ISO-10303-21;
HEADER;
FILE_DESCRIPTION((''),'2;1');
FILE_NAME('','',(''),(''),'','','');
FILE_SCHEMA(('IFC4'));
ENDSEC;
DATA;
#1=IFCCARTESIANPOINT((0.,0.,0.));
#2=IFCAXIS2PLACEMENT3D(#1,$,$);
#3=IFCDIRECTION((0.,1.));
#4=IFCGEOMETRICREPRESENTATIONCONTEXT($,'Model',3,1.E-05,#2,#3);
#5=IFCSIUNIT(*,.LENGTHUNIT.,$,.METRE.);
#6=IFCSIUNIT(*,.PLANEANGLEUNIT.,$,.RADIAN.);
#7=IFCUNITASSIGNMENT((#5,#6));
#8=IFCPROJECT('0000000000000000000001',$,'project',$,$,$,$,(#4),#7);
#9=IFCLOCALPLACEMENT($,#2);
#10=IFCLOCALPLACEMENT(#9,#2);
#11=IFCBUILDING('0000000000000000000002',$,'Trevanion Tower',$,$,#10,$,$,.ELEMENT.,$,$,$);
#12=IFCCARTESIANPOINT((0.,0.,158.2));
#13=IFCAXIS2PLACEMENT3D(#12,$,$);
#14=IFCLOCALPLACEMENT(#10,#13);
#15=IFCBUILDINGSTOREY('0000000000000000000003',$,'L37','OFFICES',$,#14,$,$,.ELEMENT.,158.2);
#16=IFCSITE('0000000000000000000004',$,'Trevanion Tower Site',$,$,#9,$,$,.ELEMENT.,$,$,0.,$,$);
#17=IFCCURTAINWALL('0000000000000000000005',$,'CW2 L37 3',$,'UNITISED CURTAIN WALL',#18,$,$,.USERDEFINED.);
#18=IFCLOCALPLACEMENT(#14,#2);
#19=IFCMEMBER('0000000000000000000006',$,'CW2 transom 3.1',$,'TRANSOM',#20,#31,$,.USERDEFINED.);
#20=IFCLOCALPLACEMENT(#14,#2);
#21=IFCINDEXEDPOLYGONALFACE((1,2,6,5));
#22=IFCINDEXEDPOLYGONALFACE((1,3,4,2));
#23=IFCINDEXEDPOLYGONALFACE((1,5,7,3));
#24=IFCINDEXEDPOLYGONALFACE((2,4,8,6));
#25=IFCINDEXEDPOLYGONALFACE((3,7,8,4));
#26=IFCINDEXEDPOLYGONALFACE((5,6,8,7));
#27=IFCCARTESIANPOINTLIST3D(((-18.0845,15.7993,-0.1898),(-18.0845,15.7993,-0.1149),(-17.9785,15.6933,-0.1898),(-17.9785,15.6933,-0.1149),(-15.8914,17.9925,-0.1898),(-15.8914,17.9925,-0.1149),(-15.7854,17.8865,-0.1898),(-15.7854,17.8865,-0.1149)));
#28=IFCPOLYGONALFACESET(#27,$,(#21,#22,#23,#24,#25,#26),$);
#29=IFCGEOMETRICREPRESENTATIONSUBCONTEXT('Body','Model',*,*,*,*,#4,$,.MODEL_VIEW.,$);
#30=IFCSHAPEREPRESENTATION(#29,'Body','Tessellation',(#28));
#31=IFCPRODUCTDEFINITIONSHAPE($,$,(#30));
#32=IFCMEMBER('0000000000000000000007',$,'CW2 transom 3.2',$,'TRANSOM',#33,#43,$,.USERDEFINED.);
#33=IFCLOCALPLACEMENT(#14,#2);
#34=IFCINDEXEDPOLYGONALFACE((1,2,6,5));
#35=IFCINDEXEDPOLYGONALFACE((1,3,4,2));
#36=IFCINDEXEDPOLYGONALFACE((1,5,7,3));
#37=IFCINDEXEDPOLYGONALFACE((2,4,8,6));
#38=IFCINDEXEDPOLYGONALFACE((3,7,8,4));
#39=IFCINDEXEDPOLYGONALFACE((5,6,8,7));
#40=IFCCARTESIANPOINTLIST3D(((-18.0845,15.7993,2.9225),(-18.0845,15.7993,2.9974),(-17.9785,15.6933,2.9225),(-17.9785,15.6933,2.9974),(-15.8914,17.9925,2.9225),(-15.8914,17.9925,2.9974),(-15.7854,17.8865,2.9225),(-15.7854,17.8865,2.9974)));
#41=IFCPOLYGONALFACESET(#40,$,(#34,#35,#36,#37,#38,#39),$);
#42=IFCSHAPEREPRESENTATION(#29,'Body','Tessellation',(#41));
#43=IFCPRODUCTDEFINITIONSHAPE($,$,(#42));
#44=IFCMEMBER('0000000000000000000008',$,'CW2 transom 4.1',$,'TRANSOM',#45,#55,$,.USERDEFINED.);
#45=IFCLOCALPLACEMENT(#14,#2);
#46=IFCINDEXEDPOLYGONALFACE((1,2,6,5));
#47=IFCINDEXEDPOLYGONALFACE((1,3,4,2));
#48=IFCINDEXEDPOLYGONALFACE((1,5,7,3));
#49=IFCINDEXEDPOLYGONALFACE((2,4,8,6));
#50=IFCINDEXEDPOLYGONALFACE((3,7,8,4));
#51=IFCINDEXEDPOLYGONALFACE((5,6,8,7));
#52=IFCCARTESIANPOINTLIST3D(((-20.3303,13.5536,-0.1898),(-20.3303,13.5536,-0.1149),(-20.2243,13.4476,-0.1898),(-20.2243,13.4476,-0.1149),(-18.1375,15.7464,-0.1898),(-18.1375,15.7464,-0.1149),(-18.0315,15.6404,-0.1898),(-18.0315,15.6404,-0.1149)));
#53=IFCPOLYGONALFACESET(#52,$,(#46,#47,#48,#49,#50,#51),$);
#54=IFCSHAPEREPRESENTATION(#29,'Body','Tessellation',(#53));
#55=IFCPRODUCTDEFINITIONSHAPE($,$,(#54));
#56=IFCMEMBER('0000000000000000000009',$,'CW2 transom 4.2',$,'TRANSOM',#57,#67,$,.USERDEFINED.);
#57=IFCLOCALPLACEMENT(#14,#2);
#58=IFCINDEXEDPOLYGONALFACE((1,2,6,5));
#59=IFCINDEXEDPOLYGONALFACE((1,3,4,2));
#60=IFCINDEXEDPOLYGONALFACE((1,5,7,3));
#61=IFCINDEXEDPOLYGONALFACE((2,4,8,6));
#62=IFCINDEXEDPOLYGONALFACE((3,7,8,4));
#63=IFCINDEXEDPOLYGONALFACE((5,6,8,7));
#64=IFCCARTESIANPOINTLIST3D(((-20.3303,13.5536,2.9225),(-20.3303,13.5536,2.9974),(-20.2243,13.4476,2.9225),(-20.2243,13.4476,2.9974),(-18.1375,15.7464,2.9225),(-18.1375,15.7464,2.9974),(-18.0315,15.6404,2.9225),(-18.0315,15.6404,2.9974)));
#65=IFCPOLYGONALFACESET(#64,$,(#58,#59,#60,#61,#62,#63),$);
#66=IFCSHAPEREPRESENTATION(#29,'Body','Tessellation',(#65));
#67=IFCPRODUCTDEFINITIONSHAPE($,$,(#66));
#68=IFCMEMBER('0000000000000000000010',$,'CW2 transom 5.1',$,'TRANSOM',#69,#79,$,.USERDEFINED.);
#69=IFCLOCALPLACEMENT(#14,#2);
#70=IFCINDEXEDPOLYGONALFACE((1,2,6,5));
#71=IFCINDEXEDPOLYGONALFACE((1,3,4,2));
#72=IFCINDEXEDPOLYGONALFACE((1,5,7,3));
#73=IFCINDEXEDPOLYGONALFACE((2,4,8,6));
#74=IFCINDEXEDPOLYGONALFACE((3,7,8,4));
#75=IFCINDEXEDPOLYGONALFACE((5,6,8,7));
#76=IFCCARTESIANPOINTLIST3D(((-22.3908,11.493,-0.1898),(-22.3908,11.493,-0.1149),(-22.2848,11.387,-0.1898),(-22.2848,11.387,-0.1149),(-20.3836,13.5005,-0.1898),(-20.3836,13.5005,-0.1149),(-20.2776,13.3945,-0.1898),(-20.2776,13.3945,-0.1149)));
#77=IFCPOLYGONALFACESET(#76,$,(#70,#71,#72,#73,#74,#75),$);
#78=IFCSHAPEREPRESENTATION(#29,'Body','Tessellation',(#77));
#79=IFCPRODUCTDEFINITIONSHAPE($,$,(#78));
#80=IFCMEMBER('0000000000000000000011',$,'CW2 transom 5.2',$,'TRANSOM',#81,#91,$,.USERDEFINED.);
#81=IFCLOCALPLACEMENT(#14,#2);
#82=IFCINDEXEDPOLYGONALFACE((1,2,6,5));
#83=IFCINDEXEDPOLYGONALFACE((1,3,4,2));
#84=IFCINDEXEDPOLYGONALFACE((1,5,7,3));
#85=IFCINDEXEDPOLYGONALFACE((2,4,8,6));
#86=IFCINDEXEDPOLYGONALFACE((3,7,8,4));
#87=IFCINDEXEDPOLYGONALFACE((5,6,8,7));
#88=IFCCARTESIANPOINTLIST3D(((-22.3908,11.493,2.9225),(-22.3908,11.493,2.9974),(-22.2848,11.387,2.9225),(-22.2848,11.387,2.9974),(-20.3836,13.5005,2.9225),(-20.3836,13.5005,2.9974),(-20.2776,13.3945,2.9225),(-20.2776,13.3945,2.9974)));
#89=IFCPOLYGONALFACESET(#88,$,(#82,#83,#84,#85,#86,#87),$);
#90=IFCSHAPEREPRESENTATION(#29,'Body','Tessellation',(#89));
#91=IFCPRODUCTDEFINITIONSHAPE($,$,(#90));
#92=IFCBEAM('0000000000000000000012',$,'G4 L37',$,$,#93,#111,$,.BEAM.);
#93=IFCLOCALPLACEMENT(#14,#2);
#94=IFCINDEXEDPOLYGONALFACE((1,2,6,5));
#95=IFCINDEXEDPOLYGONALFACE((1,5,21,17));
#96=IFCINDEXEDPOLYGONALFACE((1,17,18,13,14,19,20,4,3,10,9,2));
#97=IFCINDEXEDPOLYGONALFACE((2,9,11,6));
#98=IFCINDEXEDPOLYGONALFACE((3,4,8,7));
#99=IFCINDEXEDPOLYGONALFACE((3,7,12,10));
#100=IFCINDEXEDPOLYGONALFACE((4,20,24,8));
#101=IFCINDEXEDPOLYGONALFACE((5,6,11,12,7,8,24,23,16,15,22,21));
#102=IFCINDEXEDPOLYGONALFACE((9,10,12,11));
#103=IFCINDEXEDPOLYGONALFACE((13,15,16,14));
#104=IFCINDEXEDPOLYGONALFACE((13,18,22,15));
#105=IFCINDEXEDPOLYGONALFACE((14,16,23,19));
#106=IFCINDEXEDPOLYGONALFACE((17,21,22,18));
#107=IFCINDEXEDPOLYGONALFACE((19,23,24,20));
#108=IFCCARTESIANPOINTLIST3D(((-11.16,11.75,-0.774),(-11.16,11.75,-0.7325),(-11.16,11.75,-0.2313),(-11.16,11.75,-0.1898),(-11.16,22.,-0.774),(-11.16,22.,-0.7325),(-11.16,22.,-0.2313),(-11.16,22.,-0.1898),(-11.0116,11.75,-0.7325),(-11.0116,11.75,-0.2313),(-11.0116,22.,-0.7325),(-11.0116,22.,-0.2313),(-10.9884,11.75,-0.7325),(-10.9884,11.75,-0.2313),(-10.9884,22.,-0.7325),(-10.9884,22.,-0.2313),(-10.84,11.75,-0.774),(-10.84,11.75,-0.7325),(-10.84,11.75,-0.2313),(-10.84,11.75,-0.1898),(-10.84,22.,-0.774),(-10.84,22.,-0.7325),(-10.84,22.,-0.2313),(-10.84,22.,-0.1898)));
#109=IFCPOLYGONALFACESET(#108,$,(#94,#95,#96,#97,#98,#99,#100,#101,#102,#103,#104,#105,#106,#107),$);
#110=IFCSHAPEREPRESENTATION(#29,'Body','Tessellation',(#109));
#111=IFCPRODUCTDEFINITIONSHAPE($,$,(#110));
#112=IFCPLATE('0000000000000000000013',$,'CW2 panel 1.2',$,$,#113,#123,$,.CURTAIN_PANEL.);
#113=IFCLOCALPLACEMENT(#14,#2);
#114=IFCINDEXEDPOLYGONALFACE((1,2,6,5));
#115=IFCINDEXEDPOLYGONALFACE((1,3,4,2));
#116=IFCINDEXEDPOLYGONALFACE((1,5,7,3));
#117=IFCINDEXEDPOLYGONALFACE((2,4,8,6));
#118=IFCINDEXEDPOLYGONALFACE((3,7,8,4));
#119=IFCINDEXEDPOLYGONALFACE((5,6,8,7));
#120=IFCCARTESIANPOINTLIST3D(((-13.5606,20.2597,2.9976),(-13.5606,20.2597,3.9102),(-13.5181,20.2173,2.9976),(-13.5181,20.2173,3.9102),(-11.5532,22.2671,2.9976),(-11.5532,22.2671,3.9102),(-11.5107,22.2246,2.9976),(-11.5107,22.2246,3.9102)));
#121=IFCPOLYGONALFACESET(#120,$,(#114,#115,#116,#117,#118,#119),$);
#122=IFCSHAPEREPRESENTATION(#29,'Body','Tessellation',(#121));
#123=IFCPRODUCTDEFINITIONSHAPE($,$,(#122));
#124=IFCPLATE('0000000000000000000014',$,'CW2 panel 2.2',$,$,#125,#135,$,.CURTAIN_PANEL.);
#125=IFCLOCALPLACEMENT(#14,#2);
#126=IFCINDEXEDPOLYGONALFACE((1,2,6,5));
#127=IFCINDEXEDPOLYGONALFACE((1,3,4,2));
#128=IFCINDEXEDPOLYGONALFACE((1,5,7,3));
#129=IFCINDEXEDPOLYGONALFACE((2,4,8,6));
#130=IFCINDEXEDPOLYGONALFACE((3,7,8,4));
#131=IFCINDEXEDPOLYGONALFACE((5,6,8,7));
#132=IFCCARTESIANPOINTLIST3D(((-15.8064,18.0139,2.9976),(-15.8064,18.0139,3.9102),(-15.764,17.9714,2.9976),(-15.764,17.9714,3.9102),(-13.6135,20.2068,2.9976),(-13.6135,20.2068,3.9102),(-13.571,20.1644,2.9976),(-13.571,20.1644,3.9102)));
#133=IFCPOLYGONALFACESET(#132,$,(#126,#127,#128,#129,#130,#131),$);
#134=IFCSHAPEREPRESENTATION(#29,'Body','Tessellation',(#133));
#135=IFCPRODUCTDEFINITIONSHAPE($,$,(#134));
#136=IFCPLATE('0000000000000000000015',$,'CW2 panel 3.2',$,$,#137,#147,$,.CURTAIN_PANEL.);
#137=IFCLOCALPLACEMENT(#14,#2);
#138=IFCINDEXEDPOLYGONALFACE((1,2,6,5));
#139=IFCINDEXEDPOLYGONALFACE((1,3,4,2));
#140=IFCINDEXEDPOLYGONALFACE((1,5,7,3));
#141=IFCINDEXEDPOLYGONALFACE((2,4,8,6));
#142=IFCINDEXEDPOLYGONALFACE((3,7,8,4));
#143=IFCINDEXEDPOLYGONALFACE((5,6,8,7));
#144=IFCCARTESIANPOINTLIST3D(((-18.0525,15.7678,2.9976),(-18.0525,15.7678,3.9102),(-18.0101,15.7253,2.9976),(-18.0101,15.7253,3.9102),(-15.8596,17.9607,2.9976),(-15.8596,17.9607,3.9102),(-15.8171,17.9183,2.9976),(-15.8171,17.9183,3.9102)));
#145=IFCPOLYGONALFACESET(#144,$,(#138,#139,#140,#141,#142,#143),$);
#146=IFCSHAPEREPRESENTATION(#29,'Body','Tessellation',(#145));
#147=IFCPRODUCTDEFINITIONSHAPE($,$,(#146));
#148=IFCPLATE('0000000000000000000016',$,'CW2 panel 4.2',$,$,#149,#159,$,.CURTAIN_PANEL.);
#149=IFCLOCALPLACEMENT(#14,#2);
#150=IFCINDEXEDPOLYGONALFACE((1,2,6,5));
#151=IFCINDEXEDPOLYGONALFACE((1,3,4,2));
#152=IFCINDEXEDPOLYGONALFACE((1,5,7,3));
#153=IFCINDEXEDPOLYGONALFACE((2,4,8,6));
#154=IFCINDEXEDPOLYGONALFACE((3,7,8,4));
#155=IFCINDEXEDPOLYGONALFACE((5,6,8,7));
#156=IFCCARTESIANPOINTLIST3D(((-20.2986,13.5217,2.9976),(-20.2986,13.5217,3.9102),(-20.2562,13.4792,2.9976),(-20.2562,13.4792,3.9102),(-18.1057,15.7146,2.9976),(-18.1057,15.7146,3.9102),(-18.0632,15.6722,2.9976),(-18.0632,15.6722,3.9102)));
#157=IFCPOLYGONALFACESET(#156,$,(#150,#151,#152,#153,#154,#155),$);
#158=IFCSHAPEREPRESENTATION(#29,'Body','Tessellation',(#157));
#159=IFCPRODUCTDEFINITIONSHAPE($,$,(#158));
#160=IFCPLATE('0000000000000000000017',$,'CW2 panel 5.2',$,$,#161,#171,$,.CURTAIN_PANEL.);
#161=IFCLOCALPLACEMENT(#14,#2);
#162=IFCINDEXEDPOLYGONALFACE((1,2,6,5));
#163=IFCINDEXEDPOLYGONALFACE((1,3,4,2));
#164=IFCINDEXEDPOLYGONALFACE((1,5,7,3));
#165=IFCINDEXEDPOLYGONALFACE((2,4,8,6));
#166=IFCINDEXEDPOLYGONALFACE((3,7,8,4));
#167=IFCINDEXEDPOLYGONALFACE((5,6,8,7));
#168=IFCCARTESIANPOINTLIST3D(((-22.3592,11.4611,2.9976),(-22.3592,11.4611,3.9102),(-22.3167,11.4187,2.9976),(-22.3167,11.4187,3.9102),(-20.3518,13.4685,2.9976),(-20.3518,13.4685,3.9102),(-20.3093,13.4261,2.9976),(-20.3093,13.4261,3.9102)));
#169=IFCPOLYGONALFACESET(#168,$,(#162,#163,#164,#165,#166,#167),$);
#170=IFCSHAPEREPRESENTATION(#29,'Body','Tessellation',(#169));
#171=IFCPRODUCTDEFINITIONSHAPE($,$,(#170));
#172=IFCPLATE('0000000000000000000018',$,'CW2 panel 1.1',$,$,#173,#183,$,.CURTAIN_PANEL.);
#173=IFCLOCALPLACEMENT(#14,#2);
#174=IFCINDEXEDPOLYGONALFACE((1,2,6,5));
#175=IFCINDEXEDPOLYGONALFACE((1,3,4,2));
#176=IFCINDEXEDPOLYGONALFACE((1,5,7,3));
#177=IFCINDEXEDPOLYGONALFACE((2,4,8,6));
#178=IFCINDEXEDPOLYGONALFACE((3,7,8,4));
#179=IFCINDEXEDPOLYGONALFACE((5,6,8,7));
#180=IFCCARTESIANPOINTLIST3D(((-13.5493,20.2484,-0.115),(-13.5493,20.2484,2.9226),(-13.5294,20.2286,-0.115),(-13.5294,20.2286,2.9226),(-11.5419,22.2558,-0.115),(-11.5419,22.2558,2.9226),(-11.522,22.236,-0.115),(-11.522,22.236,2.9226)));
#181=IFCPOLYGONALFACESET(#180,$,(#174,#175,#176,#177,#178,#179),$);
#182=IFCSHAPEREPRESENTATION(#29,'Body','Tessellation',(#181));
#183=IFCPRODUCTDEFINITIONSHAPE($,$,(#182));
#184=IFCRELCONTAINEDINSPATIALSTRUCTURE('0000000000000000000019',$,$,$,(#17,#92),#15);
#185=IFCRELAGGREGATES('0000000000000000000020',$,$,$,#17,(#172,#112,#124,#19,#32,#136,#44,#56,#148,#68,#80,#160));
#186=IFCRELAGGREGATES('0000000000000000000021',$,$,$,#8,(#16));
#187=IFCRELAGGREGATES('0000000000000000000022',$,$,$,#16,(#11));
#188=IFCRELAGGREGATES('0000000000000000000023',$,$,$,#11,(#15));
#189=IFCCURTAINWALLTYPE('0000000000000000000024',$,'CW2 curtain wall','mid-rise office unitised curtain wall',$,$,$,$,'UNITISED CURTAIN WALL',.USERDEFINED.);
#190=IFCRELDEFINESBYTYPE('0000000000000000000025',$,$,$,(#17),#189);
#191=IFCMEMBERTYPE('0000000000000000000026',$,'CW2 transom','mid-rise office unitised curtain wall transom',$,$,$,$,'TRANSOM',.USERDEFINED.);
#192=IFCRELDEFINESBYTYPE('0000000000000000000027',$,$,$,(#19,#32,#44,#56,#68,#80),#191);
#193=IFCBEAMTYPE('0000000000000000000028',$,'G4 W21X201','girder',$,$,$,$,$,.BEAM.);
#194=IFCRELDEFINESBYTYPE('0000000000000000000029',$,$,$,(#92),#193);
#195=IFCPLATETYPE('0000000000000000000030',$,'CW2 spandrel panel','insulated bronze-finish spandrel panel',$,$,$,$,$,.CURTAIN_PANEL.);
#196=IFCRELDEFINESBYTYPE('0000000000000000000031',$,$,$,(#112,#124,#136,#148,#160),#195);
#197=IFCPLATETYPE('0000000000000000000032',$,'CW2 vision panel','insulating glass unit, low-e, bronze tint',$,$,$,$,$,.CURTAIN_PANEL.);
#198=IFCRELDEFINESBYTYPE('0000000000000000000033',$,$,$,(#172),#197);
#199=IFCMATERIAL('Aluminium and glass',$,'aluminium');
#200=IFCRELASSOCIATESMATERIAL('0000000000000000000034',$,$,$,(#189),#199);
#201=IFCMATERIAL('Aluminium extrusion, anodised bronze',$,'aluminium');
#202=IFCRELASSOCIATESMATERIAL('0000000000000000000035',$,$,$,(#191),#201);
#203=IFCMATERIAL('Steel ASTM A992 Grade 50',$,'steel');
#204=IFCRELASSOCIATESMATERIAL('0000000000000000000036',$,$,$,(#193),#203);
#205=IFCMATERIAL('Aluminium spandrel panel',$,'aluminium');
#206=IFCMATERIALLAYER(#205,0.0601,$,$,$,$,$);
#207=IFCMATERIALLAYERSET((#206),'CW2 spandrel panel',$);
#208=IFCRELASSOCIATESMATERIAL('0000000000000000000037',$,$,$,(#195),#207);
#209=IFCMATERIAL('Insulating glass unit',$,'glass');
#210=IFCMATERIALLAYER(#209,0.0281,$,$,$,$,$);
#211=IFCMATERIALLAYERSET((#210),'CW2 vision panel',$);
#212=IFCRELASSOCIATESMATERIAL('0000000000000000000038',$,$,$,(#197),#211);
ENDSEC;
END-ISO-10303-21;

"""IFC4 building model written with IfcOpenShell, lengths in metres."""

from ifc_helpers import new_model, si_unit, direction, frame, origin, origin_2d, place, context, subcontext, project, spatial, rectangle, i_section, extrude, material, layer, layer_set, material_profile, profile_set, type_object, element, aggregate, save


model = new_model("IFC4")

# Units and contexts
model_context = context("Model", 3, precision=1e-05, world=origin(), true_north=direction((0.0, 1.0)))
body_context = subcontext(model_context, "Body", "Model", "MODEL_VIEW")
ifc_project = project(units=[si_unit("LENGTHUNIT", "METRE"), si_unit("PLANEANGLEUNIT", "RADIAN")], contexts=[model_context])

# Site, building, storey
site_placement = place(None, origin())
site = spatial("IfcSite", under=ifc_project, at=site_placement, Name="Trevanion Tower Site", CompositionType="ELEMENT", RefElevation=0.0)
building_placement = place(site_placement, origin())
building = spatial("IfcBuilding", under=site, at=building_placement, Name="Trevanion Tower", CompositionType="ELEMENT")
storey_placement = place(building_placement, frame((0.0, 0.0, 158.2)))
storey = spatial("IfcBuildingStorey", under=building, at=storey_placement, Name="L37", Description="OFFICES", CompositionType="ELEMENT", Elevation=158.2)

# Curtain wall
ifc_material_1 = material(Name="Aluminium and glass", Category="aluminium")
curtain_wall_type = type_object("IfcCurtainWallType", Name="CW2 curtain wall", Description="mid-rise office unitised curtain wall", ElementType="UNITISED CURTAIN WALL", PredefinedType="USERDEFINED", material=ifc_material_1)
curtain_wall_1_placement = place(storey_placement, origin())
curtain_wall_1 = element("IfcCurtainWall", 1, at=curtain_wall_1_placement, inside=storey, type_object=curtain_wall_type, Name="CW2 L37 3", ObjectType="UNITISED CURTAIN WALL", PredefinedType="USERDEFINED")

# Members
ifc_material_2 = material(Name="Aluminium extrusion, anodised bronze", Category="aluminium")
ifc_material_profile_1 = material_profile(ifc_material_2, rectangle(XDim=0.1499, YDim=0.075, at=origin_2d()), Name="CW2 transom")
ifc_profile_set_1 = profile_set([ifc_material_profile_1], Name="Aluminium extrusion, anodised bronze")
member_type_1 = type_object("IfcMemberType", Name="CW2 transom", Description="mid-rise office unitised curtain wall transom", ElementType="TRANSOM", PredefinedType="USERDEFINED", material=ifc_profile_set_1)
member_1_placement = place(storey_placement, frame((-15.8384, 17.9395, -0.1523), z_axis=(-0.707107, -0.707107, 0.0), x_axis=(0.707107, -0.707107, 0.0)))
member_1 = element("IfcMember", 2, at=member_1_placement, type_object=member_type_1, Name="CW2 transom 3.1", ObjectType="TRANSOM", PredefinedType="USERDEFINED", context=body_context, shape_type="SweptSolid", body=[
    extrude(rectangle(XDim=0.1499, YDim=0.075, at=origin_2d()), origin(), (0.0, 0.0, 1.0), 3.1016),
])
member_2_placement = place(storey_placement, frame((-15.8384, 17.9395, 2.96), z_axis=(-0.707107, -0.707107, 0.0), x_axis=(0.707107, -0.707107, 0.0)))
member_2 = element("IfcMember", 3, at=member_2_placement, type_object=member_type_1, Name="CW2 transom 3.2", ObjectType="TRANSOM", PredefinedType="USERDEFINED", context=body_context, shape_type="SweptSolid", body=[
    extrude(rectangle(XDim=0.1499, YDim=0.075, at=origin_2d()), origin(), (0.0, 0.0, 1.0), 3.1016),
])
member_3_placement = place(storey_placement, frame((-18.0845, 15.6934, -0.1523), z_axis=(-0.707107, -0.707107, 0.0), x_axis=(0.707107, -0.707107, 0.0)))
member_3 = element("IfcMember", 4, at=member_3_placement, type_object=member_type_1, Name="CW2 transom 4.1", ObjectType="TRANSOM", PredefinedType="USERDEFINED", context=body_context, shape_type="SweptSolid", body=[
    extrude(rectangle(XDim=0.1499, YDim=0.075, at=origin_2d()), origin(), (0.0, 0.0, 1.0), 3.1011),
])
member_4_placement = place(storey_placement, frame((-18.0845, 15.6934, 2.96), z_axis=(-0.707107, -0.707107, 0.0), x_axis=(0.707107, -0.707107, 0.0)))
member_4 = element("IfcMember", 5, at=member_4_placement, type_object=member_type_1, Name="CW2 transom 4.2", ObjectType="TRANSOM", PredefinedType="USERDEFINED", context=body_context, shape_type="SweptSolid", body=[
    extrude(rectangle(XDim=0.1499, YDim=0.075, at=origin_2d()), origin(), (0.0, 0.0, 1.0), 3.1011),
])
member_5_placement = place(storey_placement, frame((-20.3306, 13.4475, -0.1523), z_axis=(-0.707064, -0.70715, 0.0), x_axis=(0.70715, -0.707064, 0.0)))
member_5 = element("IfcMember", 6, at=member_5_placement, type_object=member_type_1, Name="CW2 transom 5.1", ObjectType="TRANSOM", PredefinedType="USERDEFINED", context=body_context, shape_type="SweptSolid", body=[
    extrude(rectangle(XDim=0.1499, YDim=0.075, at=origin_2d()), origin(), (0.0, 0.0, 1.0), 2.8389),
])
member_6_placement = place(storey_placement, frame((-20.3306, 13.4475, 2.96), z_axis=(-0.707064, -0.70715, 0.0), x_axis=(0.70715, -0.707064, 0.0)))
member_6 = element("IfcMember", 7, at=member_6_placement, type_object=member_type_1, Name="CW2 transom 5.2", ObjectType="TRANSOM", PredefinedType="USERDEFINED", context=body_context, shape_type="SweptSolid", body=[
    extrude(rectangle(XDim=0.1499, YDim=0.075, at=origin_2d()), origin(), (0.0, 0.0, 1.0), 2.8389),
])

# Beam
ifc_material_3 = material(Name="Steel ASTM A992 Grade 50", Category="steel")
ifc_material_profile_2 = material_profile(ifc_material_3, i_section(OverallWidth=0.3201, OverallDepth=0.5842, WebThickness=0.0232, FlangeThickness=0.0415, at=origin_2d()), Name="W21X201")
ifc_profile_set_2 = profile_set([ifc_material_profile_2], Name="Steel ASTM A992 Grade 50")
beam_type_1 = type_object("IfcBeamType", Name="G4 W21X201", Description="girder", PredefinedType="BEAM", material=ifc_profile_set_2)
beam_1_placement = place(storey_placement, frame((-11.0, 11.75, -0.4819), z_axis=(0.0, 1.0, 0.0), x_axis=(-1.0, 0.0, 0.0)))
element("IfcBeam", 8, at=beam_1_placement, inside=storey, type_object=beam_type_1, Name="G4 L37", PredefinedType="BEAM", context=body_context, shape_type="SweptSolid", body=[
    extrude(i_section(OverallWidth=0.3201, OverallDepth=0.5842, WebThickness=0.0232, FlangeThickness=0.0415, at=origin_2d()), origin(), (0.0, 0.0, 1.0), 10.25),
])

# Plates
ifc_material_4 = material(Name="Aluminium spandrel panel", Category="aluminium")
ifc_layer_1 = layer(ifc_material_4, 0.0601)
ifc_layer_set_1 = layer_set([ifc_layer_1], Name="CW2 spandrel panel")
plate_type_1 = type_object("IfcPlateType", Name="CW2 spandrel panel", Description="insulated bronze-finish spandrel panel", PredefinedType="CURTAIN_PANEL", material=ifc_layer_set_1)
plate_1_placement = place(storey_placement, frame((-12.5356, 21.2422, 2.9976), z_axis=(0.0, 0.0, 1.0), x_axis=(-0.707107, -0.707107, 0.0)))
plate_1 = element("IfcPlate", 9, at=plate_1_placement, type_object=plate_type_1, Name="CW2 panel 1.2", PredefinedType="CURTAIN_PANEL", context=body_context, shape_type="SweptSolid", body=[
    extrude(rectangle(XDim=2.8389, YDim=0.0601, at=origin_2d()), origin(), (0.0, 0.0, 1.0), 0.9126),
])
plate_2_placement = place(storey_placement, frame((-14.6887, 19.0891, 2.9976), z_axis=(0.0, 0.0, 1.0), x_axis=(-0.707107, -0.707107, 0.0)))
plate_2 = element("IfcPlate", 10, at=plate_2_placement, type_object=plate_type_1, Name="CW2 panel 2.2", PredefinedType="CURTAIN_PANEL", context=body_context, shape_type="SweptSolid", body=[
    extrude(rectangle(XDim=3.1013, YDim=0.0601, at=origin_2d()), origin(), (0.0, 0.0, 1.0), 0.9126),
])
plate_3_placement = place(storey_placement, frame((-16.9348, 16.843, 2.9976), z_axis=(0.0, 0.0, 1.0), x_axis=(-0.707107, -0.707107, 0.0)))
plate_3 = element("IfcPlate", 11, at=plate_3_placement, type_object=plate_type_1, Name="CW2 panel 3.2", PredefinedType="CURTAIN_PANEL", context=body_context, shape_type="SweptSolid", body=[
    extrude(rectangle(XDim=3.1013, YDim=0.0601, at=origin_2d()), origin(), (0.0, 0.0, 1.0), 0.9126),
])
plate_4_placement = place(storey_placement, frame((-19.1809, 14.5969, 2.9976), z_axis=(0.0, 0.0, 1.0), x_axis=(-0.707107, -0.707107, 0.0)))
plate_4 = element("IfcPlate", 12, at=plate_4_placement, type_object=plate_type_1, Name="CW2 panel 4.2", PredefinedType="CURTAIN_PANEL", context=body_context, shape_type="SweptSolid", body=[
    extrude(rectangle(XDim=3.1013, YDim=0.0601, at=origin_2d()), origin(), (0.0, 0.0, 1.0), 0.9126),
])
plate_5_placement = place(storey_placement, frame((-21.3342, 12.4436, 2.9976), z_axis=(0.0, 0.0, 1.0), x_axis=(-0.707107, -0.707107, 0.0)))
plate_5 = element("IfcPlate", 13, at=plate_5_placement, type_object=plate_type_1, Name="CW2 panel 5.2", PredefinedType="CURTAIN_PANEL", context=body_context, shape_type="SweptSolid", body=[
    extrude(rectangle(XDim=2.8389, YDim=0.0601, at=origin_2d()), origin(), (0.0, 0.0, 1.0), 0.9126),
])
ifc_material_5 = material(Name="Insulating glass unit", Category="glass")
ifc_layer_2 = layer(ifc_material_5, 0.0281)
ifc_layer_set_2 = layer_set([ifc_layer_2], Name="CW2 vision panel")
plate_type_2 = type_object("IfcPlateType", Name="CW2 vision panel", Description="insulating glass unit, low-e, bronze tint", PredefinedType="CURTAIN_PANEL", material=ifc_layer_set_2)
plate_6_placement = place(storey_placement, frame((-12.5356, 21.2422, -0.115), z_axis=(0.0, 0.0, 1.0), x_axis=(-0.707107, -0.707107, 0.0)))
plate_6 = element("IfcPlate", 14, at=plate_6_placement, type_object=plate_type_2, Name="CW2 panel 1.1", PredefinedType="CURTAIN_PANEL", context=body_context, shape_type="SweptSolid", body=[
    extrude(rectangle(XDim=2.8389, YDim=0.0281, at=origin_2d()), origin(), (0.0, 0.0, 1.0), 3.0376),
])
aggregate(curtain_wall_1, [plate_6, plate_1, plate_2, member_1, member_2, plate_3, member_3, member_4, plate_4, member_5, member_6, plate_5])

save(model, "model.ifc")
